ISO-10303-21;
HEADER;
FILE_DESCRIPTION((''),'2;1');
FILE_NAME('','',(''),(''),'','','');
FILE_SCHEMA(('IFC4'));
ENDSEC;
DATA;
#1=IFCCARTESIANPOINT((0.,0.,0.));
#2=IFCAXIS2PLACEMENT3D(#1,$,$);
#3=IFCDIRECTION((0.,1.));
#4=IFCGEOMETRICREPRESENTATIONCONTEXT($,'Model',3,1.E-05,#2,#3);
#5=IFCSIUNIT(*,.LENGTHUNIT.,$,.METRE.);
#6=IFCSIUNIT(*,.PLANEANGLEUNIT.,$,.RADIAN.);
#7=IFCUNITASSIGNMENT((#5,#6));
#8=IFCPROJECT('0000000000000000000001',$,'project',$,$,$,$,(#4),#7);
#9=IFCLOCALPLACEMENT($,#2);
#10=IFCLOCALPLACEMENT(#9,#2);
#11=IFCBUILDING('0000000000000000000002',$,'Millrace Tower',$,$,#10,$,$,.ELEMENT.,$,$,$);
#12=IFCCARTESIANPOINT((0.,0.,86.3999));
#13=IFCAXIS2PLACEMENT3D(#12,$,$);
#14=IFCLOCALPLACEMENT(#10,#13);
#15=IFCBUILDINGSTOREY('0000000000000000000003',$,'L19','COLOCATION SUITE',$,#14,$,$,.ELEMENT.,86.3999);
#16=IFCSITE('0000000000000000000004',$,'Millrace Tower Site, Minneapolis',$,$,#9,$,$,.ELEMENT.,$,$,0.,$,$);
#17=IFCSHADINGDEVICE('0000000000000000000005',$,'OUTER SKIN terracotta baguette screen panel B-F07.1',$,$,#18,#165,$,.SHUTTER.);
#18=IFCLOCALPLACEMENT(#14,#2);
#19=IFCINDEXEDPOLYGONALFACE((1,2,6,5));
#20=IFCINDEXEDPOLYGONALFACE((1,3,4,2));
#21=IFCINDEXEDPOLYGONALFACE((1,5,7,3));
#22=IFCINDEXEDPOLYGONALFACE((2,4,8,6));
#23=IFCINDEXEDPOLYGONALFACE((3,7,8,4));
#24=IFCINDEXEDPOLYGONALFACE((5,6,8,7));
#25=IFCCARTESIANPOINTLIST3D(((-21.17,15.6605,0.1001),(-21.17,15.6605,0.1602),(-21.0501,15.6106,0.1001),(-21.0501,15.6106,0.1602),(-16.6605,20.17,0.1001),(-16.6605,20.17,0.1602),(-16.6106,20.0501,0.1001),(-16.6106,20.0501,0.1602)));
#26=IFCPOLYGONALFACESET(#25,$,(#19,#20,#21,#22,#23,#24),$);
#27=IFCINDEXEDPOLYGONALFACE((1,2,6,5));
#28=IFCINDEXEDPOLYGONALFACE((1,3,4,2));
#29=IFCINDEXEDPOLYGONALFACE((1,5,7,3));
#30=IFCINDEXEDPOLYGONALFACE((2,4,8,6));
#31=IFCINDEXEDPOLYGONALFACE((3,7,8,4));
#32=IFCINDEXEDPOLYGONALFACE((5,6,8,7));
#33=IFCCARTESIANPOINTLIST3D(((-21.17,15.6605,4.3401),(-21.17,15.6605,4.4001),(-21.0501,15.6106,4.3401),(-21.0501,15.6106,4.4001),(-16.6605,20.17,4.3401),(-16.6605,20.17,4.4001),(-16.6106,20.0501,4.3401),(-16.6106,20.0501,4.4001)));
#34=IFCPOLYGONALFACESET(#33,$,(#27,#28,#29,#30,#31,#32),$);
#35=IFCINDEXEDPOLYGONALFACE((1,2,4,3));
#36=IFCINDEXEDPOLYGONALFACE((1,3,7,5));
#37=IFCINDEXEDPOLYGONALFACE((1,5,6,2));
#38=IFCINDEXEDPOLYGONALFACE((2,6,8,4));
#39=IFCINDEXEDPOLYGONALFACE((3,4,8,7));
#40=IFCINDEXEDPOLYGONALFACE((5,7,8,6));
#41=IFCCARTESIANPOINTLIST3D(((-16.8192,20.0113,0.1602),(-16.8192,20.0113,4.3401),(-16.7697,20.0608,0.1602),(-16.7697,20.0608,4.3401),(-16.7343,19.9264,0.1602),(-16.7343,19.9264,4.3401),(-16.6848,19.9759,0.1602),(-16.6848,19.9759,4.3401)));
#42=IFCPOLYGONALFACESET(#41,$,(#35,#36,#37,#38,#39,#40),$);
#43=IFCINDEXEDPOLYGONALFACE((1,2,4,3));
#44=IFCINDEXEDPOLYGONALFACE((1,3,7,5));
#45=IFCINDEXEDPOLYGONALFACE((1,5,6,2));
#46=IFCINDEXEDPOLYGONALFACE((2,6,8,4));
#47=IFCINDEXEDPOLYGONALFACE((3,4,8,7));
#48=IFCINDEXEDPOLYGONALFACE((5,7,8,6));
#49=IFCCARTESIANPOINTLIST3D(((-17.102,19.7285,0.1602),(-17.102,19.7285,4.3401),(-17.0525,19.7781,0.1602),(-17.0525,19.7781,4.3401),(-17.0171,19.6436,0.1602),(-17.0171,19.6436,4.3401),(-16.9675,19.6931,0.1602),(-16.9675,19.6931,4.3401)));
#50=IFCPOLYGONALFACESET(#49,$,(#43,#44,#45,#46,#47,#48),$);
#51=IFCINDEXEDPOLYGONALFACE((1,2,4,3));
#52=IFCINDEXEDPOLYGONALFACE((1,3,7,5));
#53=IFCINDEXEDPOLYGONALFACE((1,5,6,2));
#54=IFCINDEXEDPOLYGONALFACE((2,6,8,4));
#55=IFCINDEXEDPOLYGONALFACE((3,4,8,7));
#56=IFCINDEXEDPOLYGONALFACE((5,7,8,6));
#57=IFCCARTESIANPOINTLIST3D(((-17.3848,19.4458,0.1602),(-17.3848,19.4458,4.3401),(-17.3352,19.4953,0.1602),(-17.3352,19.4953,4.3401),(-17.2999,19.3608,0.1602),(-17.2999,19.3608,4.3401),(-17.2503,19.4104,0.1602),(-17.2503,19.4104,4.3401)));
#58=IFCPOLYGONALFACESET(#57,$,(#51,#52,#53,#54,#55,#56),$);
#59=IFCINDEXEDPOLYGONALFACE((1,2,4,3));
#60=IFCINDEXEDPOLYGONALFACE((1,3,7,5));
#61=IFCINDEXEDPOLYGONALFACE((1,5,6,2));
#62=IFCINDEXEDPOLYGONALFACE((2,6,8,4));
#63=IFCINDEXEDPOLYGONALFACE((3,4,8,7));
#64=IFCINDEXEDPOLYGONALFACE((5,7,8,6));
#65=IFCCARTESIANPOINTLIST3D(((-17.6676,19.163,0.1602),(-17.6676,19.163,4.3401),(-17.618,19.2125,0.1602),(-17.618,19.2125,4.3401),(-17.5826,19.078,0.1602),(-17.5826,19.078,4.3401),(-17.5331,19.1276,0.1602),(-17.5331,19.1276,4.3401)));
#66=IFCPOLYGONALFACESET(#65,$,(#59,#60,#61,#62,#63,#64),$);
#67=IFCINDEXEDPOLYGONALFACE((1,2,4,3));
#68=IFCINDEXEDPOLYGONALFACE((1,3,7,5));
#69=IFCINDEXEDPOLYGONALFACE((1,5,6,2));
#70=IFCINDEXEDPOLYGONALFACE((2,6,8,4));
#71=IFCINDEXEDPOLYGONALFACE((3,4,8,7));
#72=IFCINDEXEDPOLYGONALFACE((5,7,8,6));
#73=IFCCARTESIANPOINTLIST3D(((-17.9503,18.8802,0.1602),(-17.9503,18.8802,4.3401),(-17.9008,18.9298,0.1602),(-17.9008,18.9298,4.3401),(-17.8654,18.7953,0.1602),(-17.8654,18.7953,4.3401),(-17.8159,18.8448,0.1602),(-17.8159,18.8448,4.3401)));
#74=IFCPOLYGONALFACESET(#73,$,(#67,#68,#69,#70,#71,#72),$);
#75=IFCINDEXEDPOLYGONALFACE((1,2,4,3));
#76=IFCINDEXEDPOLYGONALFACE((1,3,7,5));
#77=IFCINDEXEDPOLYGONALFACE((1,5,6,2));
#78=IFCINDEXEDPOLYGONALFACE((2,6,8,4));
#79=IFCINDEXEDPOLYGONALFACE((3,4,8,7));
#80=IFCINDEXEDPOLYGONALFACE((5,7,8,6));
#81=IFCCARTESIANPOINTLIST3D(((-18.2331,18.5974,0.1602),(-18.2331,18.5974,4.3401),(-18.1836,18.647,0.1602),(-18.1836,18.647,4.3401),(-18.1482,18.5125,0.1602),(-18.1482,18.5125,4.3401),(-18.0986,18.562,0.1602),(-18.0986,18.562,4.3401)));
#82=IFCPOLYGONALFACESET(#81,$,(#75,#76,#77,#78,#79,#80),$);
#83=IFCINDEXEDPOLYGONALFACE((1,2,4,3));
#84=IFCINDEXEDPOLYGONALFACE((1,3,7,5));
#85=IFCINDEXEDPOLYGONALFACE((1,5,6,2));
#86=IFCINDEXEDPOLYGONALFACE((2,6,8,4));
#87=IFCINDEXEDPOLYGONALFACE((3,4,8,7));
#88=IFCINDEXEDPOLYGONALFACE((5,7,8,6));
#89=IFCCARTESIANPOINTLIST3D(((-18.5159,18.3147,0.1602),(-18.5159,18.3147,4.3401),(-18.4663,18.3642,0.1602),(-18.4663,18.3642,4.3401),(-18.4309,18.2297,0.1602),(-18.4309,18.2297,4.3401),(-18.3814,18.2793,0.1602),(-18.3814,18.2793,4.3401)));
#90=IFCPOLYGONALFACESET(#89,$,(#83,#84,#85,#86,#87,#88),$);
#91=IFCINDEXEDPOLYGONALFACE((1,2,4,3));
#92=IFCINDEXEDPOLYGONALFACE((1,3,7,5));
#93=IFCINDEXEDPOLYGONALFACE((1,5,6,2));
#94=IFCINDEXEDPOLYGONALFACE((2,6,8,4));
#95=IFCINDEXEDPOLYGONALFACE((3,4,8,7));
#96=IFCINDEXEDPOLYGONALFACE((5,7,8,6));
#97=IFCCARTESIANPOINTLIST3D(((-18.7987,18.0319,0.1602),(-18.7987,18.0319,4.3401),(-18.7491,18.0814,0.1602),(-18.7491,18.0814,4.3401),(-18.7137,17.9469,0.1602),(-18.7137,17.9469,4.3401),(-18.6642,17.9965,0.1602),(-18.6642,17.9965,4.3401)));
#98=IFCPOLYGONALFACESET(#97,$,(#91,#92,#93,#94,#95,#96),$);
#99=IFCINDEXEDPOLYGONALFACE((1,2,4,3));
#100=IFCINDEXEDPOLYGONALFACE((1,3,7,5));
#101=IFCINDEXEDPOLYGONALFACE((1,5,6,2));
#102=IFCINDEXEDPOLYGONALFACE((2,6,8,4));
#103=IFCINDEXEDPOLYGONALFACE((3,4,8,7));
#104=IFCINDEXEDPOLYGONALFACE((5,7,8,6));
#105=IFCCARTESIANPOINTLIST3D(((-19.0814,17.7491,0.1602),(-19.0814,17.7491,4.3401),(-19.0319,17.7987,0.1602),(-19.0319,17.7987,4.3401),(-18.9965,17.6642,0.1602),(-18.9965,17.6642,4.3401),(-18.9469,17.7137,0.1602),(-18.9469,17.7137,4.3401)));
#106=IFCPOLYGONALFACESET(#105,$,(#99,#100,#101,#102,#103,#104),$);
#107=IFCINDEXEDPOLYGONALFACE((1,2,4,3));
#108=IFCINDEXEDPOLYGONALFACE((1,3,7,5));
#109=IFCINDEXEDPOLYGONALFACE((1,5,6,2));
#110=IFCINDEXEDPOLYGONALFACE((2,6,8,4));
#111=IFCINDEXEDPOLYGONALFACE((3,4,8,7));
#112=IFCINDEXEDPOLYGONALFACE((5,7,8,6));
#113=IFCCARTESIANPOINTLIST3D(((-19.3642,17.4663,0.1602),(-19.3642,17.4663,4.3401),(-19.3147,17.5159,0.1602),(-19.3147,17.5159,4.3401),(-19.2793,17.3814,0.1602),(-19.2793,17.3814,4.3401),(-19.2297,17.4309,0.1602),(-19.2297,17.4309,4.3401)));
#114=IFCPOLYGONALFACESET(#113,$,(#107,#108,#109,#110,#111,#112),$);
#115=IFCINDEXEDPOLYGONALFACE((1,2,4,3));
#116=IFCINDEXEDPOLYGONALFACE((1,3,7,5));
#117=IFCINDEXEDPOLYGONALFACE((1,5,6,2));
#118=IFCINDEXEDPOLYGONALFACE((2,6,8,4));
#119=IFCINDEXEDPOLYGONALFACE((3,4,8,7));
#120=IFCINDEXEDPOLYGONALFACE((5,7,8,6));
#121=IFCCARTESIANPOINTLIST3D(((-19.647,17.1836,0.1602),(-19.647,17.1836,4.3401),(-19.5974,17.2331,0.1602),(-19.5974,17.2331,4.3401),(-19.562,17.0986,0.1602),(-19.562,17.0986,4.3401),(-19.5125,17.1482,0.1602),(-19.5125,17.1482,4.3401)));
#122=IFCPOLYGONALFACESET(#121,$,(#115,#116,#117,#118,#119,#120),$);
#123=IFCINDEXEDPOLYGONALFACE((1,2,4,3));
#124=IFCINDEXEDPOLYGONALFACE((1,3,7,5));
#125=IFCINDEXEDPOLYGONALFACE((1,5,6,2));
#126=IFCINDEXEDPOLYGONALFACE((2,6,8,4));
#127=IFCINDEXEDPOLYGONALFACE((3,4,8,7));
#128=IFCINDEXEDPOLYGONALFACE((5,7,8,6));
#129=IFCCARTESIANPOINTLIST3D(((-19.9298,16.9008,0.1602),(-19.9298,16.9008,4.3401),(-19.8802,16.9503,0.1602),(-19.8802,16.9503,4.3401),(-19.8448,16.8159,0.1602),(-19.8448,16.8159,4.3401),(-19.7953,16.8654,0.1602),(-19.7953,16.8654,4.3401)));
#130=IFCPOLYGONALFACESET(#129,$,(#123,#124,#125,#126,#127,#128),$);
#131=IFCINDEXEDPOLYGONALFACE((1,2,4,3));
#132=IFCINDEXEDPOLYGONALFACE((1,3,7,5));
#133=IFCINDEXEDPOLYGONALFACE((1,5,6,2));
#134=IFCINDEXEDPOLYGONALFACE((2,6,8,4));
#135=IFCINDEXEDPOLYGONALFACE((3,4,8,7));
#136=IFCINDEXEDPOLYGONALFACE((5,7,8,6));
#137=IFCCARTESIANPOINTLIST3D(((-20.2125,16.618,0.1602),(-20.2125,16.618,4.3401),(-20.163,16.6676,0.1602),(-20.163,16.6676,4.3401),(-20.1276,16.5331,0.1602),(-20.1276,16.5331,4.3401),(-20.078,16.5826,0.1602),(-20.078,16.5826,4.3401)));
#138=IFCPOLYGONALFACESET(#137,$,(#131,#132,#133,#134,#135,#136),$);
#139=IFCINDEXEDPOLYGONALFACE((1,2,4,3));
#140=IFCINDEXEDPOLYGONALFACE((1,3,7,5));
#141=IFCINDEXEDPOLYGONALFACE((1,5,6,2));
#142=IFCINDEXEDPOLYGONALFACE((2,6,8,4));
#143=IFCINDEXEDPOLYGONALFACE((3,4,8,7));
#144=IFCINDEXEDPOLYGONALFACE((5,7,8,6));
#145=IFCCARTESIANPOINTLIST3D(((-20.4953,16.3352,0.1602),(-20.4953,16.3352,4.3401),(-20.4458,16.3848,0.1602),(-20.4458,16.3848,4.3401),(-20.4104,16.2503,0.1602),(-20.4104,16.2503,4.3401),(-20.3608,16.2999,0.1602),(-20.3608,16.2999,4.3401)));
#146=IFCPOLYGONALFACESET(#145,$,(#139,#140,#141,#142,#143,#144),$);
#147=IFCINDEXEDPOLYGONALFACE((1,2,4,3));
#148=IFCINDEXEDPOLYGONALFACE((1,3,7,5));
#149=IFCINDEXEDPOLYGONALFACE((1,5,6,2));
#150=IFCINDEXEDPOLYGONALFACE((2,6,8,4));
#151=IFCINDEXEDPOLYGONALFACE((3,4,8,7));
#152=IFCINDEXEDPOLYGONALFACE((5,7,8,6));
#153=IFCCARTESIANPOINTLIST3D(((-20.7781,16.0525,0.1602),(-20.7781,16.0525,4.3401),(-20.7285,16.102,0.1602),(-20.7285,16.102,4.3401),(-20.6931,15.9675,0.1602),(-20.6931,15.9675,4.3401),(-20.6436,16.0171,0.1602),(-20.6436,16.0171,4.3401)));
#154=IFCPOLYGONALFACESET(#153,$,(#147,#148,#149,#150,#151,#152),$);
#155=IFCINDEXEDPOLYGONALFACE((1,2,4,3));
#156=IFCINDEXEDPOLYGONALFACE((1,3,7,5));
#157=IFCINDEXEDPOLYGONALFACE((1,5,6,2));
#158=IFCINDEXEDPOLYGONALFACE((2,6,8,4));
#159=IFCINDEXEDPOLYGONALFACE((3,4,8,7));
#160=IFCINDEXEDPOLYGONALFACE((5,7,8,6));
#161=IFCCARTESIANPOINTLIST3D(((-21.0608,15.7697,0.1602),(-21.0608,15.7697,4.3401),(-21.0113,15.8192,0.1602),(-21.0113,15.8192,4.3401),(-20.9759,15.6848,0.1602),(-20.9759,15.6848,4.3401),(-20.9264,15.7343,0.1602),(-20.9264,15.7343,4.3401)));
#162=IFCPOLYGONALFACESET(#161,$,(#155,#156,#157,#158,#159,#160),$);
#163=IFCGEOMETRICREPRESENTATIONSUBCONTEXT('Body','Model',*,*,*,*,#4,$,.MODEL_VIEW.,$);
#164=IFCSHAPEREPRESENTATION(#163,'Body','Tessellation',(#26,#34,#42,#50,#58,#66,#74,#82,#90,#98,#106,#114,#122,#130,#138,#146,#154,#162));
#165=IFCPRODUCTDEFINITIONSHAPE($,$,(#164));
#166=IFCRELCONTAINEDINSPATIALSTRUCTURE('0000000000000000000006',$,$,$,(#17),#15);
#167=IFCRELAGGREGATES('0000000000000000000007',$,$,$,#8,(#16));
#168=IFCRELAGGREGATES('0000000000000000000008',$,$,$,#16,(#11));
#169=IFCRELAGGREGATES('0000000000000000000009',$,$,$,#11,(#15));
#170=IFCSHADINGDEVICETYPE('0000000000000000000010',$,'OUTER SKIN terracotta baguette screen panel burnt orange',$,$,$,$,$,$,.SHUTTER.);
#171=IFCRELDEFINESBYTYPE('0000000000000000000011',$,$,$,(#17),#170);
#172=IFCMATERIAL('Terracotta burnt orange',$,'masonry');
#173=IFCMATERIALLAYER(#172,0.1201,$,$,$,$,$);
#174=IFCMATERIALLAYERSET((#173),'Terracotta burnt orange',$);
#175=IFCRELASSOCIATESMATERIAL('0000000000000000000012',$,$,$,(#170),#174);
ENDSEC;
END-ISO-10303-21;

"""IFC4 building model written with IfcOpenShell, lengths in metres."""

from ifc_helpers import new_model, entity, si_unit, direction, frame, frame_2d, origin, place, context, subcontext, project, spatial, rectangle, extrude, source, transform, mapped, material, layer, layer_set, type_object, element, save


model = new_model("IFC4")

# Units and contexts
model_context = context("Model", 3, precision=1e-05, world=origin(), true_north=direction((0.0, 1.0)))
body_context = subcontext(model_context, "Body", "Model", "MODEL_VIEW")
ifc_project = project(units=[si_unit("LENGTHUNIT", "METRE"), si_unit("PLANEANGLEUNIT", "RADIAN")], contexts=[model_context])

# Site, building, storey
site_placement = place(None, origin())
site = spatial("IfcSite", under=ifc_project, at=site_placement, Name="Millrace Tower Site, Minneapolis", CompositionType="ELEMENT", RefElevation=0.0)
building_placement = place(site_placement, origin())
building = spatial("IfcBuilding", under=site, at=building_placement, Name="Millrace Tower", CompositionType="ELEMENT")
storey_placement = place(building_placement, frame((0.0, 0.0, 86.3999)))
storey = spatial("IfcBuildingStorey", under=building, at=storey_placement, Name="L19", Description="COLOCATION SUITE", CompositionType="ELEMENT", Elevation=86.3999)

# Shading device
ifc_material_1 = material(Name="Terracotta burnt orange", Category="masonry")
ifc_layer_1 = layer(ifc_material_1, 0.1201)
ifc_layer_set_1 = layer_set([ifc_layer_1], Name="Terracotta burnt orange")
shading_device_type = type_object("IfcShadingDeviceType", Name="OUTER SKIN terracotta baguette screen panel burnt orange", PredefinedType="SHUTTER", material=ifc_layer_set_1)
cartesian_point_1 = entity("IfcCartesianPoint", [-3.1392, 0.0601])
shared_polyline_1 = entity("IfcPolyline", [cartesian_point_1, entity("IfcCartesianPoint", [3.1392, 0.0601]), entity("IfcCartesianPoint", [3.1887, -0.0601]), entity("IfcCartesianPoint", [-3.1887, -0.0601]), cartesian_point_1])
shared_shape_1 = source(origin(), body_context, "Body", "SweptSolid", [
    entity("IfcExtrudedAreaSolid", entity("IfcArbitraryClosedProfileDef", "AREA", None, shared_polyline_1), entity("IfcAxis2Placement3D", entity("IfcCartesianPoint", [0.0, 0.0, 0.0])), entity("IfcDirection", [0.0, 0.0, 1.0]), 0.0601),
    entity("IfcExtrudedAreaSolid", entity("IfcArbitraryClosedProfileDef", "AREA", None, shared_polyline_1), entity("IfcAxis2Placement3D", entity("IfcCartesianPoint", [0.0, 0.0, 4.24])), entity("IfcDirection", [0.0, 0.0, 1.0]), 0.0601),
    extrude(rectangle(XDim=0.0701, YDim=0.1201, at=frame_2d((-2.9993, 0.0))), frame((0.0, 0.0, 0.0601)), (0.0, 0.0, 1.0), 4.1799),
    extrude(rectangle(XDim=0.0701, YDim=0.1201, at=frame_2d((-2.5994, 0.0))), frame((0.0, 0.0, 0.0601)), (0.0, 0.0, 1.0), 4.1799),
    extrude(rectangle(XDim=0.0701, YDim=0.1201, at=frame_2d((-2.1995, 0.0))), frame((0.0, 0.0, 0.0601)), (0.0, 0.0, 1.0), 4.1799),
    extrude(rectangle(XDim=0.0701, YDim=0.1201, at=frame_2d((-1.7996, 0.0))), frame((0.0, 0.0, 0.0601)), (0.0, 0.0, 1.0), 4.1799),
    extrude(rectangle(XDim=0.0701, YDim=0.1201, at=frame_2d((-1.3997, 0.0))), frame((0.0, 0.0, 0.0601)), (0.0, 0.0, 1.0), 4.1799),
    extrude(rectangle(XDim=0.0701, YDim=0.1201, at=frame_2d((-0.9998, 0.0))), frame((0.0, 0.0, 0.0601)), (0.0, 0.0, 1.0), 4.1799),
    extrude(rectangle(XDim=0.0701, YDim=0.1201, at=frame_2d((-0.5999, 0.0))), frame((0.0, 0.0, 0.0601)), (0.0, 0.0, 1.0), 4.1799),
    extrude(rectangle(XDim=0.0701, YDim=0.1201, at=frame_2d((-0.2, 0.0))), frame((0.0, 0.0, 0.0601)), (0.0, 0.0, 1.0), 4.1799),
    extrude(rectangle(XDim=0.0701, YDim=0.1201, at=frame_2d((0.2, 0.0))), frame((0.0, 0.0, 0.0601)), (0.0, 0.0, 1.0), 4.1799),
    extrude(rectangle(XDim=0.0701, YDim=0.1201, at=frame_2d((0.5999, 0.0))), frame((0.0, 0.0, 0.0601)), (0.0, 0.0, 1.0), 4.1799),
    extrude(rectangle(XDim=0.0701, YDim=0.1201, at=frame_2d((0.9998, 0.0))), frame((0.0, 0.0, 0.0601)), (0.0, 0.0, 1.0), 4.1799),
    extrude(rectangle(XDim=0.0701, YDim=0.1201, at=frame_2d((1.3997, 0.0))), frame((0.0, 0.0, 0.0601)), (0.0, 0.0, 1.0), 4.1799),
    extrude(rectangle(XDim=0.0701, YDim=0.1201, at=frame_2d((1.7996, 0.0))), frame((0.0, 0.0, 0.0601)), (0.0, 0.0, 1.0), 4.1799),
    extrude(rectangle(XDim=0.0701, YDim=0.1201, at=frame_2d((2.1995, 0.0))), frame((0.0, 0.0, 0.0601)), (0.0, 0.0, 1.0), 4.1799),
    extrude(rectangle(XDim=0.0701, YDim=0.1201, at=frame_2d((2.5994, 0.0))), frame((0.0, 0.0, 0.0601)), (0.0, 0.0, 1.0), 4.1799),
    extrude(rectangle(XDim=0.0701, YDim=0.1201, at=frame_2d((2.9993, 0.0))), frame((0.0, 0.0, 0.0601)), (0.0, 0.0, 1.0), 4.1799),
])
shading_device_1_placement = place(storey_placement, frame((-18.8728, 17.8728, 0.1001), z_axis=(0.0, 0.0, 1.0), x_axis=(-0.707107, -0.707107, 0.0)))
element("IfcShadingDevice", 1, at=shading_device_1_placement, inside=storey, type_object=shading_device_type, Name="OUTER SKIN terracotta baguette screen panel B-F07.1", PredefinedType="SHUTTER", context=body_context, shape_type="MappedRepresentation", body=[
    mapped(shared_shape_1, transform((0.0, 0.0, 0.0), scale=1.0)),
])

save(model, "model.ifc")
